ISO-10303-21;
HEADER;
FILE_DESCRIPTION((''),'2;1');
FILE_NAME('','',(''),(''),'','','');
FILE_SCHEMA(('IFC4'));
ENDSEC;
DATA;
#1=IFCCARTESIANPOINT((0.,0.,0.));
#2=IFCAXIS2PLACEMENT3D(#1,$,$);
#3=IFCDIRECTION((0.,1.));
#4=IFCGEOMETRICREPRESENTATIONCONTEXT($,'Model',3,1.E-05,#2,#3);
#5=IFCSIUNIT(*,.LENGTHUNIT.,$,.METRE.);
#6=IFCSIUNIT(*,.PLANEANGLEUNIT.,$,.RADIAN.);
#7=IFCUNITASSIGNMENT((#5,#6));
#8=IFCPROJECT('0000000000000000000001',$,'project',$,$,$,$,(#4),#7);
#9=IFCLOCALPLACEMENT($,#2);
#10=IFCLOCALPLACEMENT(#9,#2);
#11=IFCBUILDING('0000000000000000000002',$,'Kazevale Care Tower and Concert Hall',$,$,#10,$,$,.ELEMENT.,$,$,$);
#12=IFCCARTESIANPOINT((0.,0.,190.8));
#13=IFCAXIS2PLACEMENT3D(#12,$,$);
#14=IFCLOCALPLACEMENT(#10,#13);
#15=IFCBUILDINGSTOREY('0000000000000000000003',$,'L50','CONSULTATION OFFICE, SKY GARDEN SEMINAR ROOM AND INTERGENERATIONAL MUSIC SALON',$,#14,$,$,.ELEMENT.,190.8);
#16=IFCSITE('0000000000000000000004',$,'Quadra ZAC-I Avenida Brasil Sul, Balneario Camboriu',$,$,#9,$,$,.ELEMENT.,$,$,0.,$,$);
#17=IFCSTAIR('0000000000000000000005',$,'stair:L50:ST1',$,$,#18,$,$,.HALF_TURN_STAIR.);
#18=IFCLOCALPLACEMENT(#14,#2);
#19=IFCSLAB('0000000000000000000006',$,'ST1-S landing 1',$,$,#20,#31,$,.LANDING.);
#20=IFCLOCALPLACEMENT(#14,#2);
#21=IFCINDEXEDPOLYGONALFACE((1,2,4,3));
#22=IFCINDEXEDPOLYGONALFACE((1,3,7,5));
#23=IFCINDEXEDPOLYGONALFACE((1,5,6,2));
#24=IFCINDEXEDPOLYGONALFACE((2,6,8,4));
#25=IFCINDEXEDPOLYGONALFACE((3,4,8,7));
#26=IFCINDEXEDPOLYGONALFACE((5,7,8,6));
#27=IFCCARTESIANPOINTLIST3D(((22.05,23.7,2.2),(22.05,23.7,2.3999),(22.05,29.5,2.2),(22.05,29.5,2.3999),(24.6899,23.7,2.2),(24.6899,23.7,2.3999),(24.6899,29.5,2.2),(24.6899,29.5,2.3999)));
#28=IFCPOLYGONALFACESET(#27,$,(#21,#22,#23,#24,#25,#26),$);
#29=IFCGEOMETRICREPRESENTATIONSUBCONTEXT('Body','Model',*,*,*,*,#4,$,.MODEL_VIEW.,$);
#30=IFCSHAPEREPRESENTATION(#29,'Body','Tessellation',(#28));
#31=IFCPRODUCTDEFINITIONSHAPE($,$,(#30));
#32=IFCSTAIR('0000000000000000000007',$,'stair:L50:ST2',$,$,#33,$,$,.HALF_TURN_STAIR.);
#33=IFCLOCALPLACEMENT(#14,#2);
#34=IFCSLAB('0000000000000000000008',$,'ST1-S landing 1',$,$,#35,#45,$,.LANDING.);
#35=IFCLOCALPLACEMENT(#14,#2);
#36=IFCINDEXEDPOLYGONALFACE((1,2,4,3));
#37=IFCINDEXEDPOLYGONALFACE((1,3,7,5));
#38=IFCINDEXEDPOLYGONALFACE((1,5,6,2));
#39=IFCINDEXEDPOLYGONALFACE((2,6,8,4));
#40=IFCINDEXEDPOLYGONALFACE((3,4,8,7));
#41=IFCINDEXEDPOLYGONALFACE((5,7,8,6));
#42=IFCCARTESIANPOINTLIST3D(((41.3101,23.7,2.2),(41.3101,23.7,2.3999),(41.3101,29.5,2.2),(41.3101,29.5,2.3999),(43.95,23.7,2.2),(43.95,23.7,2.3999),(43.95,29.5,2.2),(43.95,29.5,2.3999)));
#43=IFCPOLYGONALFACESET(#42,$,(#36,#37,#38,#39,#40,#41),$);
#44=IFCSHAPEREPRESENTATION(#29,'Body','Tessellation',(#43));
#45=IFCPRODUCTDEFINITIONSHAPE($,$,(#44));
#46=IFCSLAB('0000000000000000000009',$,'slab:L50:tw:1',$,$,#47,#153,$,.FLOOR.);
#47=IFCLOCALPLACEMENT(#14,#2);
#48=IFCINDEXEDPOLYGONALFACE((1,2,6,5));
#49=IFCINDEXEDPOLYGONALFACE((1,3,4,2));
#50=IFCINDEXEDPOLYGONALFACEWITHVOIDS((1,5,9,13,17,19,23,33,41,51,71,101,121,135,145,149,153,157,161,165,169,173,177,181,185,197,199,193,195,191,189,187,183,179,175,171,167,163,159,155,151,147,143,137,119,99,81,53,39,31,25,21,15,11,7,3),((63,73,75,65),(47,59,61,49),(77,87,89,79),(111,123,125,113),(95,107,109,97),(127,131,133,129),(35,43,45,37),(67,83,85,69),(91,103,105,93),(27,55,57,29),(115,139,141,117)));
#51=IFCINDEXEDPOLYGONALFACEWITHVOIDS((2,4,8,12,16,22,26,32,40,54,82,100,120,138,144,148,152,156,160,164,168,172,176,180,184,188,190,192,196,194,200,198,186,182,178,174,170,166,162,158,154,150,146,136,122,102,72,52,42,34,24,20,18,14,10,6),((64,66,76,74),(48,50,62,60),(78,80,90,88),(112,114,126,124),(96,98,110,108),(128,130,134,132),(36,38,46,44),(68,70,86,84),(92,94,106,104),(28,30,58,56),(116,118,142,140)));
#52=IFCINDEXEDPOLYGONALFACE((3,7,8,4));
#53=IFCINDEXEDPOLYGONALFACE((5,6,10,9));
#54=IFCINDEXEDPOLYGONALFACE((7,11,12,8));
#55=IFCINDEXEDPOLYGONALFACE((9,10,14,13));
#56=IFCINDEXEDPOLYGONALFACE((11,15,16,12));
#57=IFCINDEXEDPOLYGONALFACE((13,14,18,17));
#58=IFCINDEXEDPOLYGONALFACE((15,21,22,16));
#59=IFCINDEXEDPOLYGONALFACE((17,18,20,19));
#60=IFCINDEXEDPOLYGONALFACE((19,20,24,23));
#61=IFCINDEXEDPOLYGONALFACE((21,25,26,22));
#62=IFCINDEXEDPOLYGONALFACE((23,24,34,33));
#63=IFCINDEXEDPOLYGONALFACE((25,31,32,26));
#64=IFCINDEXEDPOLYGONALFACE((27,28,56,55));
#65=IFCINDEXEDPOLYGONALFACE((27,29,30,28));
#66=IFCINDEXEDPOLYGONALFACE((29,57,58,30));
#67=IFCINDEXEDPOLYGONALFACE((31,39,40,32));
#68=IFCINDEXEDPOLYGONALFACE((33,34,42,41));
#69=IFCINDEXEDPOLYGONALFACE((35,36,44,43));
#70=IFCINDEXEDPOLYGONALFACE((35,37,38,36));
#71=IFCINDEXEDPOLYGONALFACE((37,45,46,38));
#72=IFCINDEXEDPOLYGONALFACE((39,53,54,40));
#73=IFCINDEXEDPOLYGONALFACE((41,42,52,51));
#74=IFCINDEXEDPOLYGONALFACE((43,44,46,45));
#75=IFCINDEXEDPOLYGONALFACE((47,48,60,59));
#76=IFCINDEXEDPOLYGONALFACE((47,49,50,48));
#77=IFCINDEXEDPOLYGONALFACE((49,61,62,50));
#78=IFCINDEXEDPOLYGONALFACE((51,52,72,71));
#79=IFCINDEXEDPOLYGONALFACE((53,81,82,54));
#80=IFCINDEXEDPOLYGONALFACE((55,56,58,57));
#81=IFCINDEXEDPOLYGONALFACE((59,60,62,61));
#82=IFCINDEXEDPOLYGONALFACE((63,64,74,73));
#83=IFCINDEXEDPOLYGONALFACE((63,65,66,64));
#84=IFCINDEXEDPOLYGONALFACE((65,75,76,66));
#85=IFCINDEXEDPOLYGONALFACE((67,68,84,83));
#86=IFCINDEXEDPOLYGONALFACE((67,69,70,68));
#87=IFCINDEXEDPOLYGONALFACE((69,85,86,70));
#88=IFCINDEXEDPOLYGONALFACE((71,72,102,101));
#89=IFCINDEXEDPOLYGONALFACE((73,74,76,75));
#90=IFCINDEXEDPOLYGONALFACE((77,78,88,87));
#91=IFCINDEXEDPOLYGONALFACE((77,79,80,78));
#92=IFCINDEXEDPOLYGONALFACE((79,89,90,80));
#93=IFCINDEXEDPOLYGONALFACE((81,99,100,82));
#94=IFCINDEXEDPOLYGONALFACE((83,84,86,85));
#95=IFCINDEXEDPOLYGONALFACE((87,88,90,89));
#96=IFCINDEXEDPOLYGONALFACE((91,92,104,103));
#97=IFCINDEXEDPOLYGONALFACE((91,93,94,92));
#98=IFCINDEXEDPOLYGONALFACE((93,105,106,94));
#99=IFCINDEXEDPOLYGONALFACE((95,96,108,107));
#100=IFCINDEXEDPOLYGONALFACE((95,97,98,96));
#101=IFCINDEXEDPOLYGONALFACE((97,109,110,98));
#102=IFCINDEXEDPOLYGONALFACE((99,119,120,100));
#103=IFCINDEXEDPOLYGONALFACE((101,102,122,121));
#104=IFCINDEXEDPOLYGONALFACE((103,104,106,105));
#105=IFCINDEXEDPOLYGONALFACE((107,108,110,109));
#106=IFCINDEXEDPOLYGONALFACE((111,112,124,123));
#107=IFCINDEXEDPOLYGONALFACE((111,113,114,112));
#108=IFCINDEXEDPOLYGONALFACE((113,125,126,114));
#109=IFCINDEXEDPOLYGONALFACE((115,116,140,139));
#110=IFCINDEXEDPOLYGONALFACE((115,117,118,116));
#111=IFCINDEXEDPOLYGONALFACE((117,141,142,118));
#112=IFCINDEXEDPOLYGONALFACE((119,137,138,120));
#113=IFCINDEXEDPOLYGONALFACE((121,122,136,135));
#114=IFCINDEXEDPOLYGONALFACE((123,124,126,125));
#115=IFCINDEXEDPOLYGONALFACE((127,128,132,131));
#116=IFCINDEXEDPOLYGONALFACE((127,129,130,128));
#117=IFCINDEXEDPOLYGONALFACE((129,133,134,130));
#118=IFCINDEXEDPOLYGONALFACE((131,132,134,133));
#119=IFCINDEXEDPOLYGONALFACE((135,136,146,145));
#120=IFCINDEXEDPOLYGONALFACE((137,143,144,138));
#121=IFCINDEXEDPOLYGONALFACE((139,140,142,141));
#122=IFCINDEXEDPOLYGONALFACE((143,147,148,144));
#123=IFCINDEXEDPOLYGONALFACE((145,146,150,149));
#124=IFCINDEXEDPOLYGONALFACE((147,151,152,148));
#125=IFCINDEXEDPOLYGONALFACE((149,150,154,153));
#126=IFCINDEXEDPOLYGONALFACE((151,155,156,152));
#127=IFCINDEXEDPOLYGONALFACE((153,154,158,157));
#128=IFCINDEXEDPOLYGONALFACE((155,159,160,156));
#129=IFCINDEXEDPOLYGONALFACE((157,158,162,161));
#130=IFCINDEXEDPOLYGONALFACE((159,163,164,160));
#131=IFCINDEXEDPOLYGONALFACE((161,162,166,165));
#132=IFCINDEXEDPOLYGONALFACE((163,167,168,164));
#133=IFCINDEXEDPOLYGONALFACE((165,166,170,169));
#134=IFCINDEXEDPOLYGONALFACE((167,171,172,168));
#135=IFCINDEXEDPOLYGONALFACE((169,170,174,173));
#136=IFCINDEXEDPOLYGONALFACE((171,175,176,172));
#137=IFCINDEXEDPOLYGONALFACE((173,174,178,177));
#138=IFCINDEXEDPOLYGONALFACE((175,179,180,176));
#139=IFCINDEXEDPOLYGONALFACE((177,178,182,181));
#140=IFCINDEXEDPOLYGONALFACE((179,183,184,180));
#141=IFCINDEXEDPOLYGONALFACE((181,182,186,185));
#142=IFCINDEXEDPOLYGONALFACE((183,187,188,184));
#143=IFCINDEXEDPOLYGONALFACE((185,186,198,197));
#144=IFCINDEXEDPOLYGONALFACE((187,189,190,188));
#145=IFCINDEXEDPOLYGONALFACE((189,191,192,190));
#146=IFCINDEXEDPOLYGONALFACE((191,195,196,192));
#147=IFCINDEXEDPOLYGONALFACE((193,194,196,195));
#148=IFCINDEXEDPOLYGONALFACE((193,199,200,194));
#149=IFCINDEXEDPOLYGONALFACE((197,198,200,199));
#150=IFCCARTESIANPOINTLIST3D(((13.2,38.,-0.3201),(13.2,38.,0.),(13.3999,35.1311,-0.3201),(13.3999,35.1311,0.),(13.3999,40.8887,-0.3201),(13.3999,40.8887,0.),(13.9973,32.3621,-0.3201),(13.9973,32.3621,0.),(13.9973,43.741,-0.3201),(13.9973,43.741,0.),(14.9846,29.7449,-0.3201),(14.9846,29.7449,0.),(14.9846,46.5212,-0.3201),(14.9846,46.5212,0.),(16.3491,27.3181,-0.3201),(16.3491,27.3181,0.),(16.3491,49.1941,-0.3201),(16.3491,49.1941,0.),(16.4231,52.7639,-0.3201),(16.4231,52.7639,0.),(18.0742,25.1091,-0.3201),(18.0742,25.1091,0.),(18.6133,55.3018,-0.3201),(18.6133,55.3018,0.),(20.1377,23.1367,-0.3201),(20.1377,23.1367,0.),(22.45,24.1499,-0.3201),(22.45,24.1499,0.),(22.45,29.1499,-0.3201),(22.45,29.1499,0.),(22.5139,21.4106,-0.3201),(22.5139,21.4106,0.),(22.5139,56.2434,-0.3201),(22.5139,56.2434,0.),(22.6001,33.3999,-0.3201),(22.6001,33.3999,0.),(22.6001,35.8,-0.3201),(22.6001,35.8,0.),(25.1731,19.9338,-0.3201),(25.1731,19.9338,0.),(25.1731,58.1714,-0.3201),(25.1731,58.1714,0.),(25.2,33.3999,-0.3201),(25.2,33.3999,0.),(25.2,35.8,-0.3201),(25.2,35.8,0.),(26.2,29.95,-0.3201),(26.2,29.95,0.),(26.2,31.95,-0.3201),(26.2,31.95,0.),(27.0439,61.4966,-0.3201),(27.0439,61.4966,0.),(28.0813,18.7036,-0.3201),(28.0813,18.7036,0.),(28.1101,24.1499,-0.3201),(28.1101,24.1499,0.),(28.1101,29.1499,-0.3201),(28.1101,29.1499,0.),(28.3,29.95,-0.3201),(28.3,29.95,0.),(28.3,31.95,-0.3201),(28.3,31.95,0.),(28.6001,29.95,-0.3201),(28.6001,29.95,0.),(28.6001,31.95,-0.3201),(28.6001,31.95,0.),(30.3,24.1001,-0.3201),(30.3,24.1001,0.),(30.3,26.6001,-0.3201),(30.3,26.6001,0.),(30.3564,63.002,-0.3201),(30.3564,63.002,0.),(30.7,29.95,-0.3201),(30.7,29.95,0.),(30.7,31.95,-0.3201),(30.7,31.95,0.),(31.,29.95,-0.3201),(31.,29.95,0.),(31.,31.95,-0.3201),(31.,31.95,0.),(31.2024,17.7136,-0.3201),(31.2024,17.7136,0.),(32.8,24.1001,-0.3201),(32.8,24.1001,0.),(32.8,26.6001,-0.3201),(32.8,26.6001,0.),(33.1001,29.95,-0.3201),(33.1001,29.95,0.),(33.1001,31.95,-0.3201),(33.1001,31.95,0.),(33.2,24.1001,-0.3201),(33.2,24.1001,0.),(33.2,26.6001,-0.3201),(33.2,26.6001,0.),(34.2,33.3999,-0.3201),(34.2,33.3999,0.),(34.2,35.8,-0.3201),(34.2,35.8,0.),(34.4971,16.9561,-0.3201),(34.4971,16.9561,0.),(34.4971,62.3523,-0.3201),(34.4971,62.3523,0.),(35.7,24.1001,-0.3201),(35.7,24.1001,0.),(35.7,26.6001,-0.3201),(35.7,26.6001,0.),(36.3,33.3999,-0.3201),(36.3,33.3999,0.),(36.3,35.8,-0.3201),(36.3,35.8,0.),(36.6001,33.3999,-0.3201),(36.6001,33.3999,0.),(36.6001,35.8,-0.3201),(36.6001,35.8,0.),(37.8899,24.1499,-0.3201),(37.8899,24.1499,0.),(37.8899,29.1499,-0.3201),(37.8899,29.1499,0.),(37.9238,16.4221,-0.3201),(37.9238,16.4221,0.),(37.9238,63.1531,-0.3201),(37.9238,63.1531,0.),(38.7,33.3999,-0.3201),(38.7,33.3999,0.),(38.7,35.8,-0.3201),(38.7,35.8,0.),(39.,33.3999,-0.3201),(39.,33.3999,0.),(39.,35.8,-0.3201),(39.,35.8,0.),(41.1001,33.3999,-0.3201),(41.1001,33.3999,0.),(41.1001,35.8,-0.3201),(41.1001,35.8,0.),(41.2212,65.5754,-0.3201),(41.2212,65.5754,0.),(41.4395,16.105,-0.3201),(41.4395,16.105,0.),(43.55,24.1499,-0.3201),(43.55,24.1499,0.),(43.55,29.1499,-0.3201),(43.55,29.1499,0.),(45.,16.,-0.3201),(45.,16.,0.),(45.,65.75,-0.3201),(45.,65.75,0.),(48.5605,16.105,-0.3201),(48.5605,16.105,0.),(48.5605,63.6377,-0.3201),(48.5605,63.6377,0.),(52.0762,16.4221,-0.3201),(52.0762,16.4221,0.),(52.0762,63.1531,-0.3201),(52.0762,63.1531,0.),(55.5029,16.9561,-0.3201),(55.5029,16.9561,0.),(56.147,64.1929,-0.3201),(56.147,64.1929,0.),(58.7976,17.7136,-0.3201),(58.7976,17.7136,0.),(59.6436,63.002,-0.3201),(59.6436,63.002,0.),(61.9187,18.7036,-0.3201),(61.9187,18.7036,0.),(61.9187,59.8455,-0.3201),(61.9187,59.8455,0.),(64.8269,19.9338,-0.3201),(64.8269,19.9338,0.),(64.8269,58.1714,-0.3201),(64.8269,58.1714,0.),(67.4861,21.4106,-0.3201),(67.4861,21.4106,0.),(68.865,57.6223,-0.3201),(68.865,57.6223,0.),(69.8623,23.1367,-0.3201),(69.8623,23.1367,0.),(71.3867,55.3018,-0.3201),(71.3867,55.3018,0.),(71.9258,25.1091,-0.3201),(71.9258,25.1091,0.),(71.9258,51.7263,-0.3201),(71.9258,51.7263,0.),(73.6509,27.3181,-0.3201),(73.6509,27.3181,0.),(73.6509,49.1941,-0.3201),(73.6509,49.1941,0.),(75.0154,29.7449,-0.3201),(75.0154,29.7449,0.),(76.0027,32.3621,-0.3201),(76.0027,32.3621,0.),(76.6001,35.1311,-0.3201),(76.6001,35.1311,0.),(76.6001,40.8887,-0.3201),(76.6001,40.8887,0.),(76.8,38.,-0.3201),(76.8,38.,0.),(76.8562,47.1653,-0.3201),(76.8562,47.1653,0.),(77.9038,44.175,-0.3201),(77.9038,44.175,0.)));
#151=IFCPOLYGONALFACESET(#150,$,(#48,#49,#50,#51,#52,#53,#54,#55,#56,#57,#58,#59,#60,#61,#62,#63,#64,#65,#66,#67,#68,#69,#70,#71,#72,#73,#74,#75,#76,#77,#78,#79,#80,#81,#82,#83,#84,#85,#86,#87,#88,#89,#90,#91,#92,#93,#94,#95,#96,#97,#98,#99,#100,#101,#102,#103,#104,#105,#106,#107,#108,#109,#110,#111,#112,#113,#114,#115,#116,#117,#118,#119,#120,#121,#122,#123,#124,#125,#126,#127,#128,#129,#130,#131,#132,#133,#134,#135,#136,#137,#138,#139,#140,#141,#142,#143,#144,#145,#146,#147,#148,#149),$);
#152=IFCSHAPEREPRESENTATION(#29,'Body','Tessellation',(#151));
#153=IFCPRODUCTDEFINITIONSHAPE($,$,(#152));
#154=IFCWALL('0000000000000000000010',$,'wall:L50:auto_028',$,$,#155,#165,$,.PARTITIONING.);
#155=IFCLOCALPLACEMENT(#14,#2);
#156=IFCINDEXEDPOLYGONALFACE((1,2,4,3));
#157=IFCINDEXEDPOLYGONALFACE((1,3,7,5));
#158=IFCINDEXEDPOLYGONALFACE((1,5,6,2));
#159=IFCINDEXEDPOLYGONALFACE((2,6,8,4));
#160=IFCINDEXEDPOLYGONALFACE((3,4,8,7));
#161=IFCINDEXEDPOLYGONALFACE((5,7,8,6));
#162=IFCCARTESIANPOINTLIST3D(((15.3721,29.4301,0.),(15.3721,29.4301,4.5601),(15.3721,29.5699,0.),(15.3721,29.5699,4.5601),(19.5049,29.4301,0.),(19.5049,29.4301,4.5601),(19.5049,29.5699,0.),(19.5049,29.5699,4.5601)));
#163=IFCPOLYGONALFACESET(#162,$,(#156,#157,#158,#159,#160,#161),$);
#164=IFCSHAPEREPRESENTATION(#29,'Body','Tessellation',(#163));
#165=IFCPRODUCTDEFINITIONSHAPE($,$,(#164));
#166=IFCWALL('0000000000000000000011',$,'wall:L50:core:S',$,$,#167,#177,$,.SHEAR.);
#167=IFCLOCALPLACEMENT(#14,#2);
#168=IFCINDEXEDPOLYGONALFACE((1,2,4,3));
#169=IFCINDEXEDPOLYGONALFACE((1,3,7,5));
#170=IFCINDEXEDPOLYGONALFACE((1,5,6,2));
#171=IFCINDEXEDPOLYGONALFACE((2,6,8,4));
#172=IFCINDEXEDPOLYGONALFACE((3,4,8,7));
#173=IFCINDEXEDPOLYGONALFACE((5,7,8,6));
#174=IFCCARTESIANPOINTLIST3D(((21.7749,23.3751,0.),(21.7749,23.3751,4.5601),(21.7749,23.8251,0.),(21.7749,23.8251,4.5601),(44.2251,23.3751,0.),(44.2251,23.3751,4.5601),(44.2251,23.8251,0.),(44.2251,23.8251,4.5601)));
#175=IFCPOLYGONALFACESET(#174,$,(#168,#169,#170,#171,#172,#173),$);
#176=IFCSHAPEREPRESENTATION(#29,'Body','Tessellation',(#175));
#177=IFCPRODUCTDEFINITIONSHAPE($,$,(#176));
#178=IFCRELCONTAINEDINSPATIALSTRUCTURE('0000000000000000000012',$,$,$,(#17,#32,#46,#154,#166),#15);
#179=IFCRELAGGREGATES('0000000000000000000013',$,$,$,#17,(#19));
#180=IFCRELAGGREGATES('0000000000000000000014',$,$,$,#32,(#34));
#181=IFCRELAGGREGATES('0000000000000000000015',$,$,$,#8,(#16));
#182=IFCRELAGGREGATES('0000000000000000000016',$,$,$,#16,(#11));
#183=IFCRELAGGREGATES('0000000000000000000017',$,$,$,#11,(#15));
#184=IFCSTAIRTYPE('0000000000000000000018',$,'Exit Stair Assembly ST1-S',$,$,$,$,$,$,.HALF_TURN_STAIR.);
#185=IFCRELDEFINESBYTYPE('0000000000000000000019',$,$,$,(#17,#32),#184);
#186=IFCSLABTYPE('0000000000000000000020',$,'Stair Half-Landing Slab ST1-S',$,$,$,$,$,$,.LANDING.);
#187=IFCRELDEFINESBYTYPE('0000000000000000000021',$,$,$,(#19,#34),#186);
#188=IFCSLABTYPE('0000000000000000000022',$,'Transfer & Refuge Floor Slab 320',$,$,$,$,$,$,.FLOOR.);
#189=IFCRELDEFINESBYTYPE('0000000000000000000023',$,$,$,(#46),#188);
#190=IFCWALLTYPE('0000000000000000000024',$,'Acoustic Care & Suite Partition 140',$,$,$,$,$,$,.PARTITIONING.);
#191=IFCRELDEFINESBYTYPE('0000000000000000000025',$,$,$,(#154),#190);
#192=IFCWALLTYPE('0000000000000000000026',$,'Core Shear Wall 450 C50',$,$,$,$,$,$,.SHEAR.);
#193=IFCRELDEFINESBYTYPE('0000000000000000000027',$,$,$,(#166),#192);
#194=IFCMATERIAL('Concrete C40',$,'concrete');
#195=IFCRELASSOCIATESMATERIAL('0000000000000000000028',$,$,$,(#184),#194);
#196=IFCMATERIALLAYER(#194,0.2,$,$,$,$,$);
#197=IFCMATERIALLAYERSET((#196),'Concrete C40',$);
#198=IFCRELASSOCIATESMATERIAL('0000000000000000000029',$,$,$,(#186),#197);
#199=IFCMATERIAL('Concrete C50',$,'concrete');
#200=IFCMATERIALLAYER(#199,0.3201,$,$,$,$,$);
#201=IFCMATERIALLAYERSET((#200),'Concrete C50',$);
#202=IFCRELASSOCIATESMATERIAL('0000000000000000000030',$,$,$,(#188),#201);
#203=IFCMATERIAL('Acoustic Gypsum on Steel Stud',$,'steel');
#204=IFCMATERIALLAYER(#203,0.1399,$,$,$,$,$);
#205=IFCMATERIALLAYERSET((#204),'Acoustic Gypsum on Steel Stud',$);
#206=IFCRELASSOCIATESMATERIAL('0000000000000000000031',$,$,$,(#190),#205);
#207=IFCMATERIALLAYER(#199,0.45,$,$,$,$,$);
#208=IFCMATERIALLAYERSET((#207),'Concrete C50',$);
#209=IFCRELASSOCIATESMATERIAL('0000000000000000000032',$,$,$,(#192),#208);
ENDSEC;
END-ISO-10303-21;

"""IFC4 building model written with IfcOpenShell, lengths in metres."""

from ifc_helpers import new_model, si_unit, direction, frame, frame_2d, origin, place, context, subcontext, project, spatial, polyline, rectangle, outline, extrude, material, layer, layer_set, type_object, element, aggregate, save


model = new_model("IFC4")

# Units and contexts
model_context = context("Model", 3, precision=1e-05, world=origin(), true_north=direction((0.0, 1.0)))
body_context = subcontext(model_context, "Body", "Model", "MODEL_VIEW")
ifc_project = project(units=[si_unit("LENGTHUNIT", "METRE"), si_unit("PLANEANGLEUNIT", "RADIAN")], contexts=[model_context])

# Site, building, storey
site_placement = place(None, origin())
site = spatial("IfcSite", under=ifc_project, at=site_placement, Name="Quadra ZAC-I Avenida Brasil Sul, Balneario Camboriu", CompositionType="ELEMENT", RefElevation=0.0)
building_placement = place(site_placement, origin())
building = spatial("IfcBuilding", under=site, at=building_placement, Name="Kazevale Care Tower and Concert Hall", CompositionType="ELEMENT")
storey_placement = place(building_placement, frame((0.0, 0.0, 190.8)))
storey = spatial("IfcBuildingStorey", under=building, at=storey_placement, Name="L50", Description="CONSULTATION OFFICE, SKY GARDEN SEMINAR ROOM AND INTERGENERATIONAL MUSIC SALON", CompositionType="ELEMENT", Elevation=190.8)

# Shared definitions
ifc_material_1 = material(Name="Concrete C50", Category="concrete")

# Shared definitions
ifc_material_2 = material(Name="Concrete C40", Category="concrete")

# Stairs, slabs
stair_type = type_object("IfcStairType", Name="Exit Stair Assembly ST1-S", PredefinedType="HALF_TURN_STAIR", material=ifc_material_2)
stair_1_placement = place(storey_placement, origin())
stair_1 = element("IfcStair", 1, at=stair_1_placement, inside=storey, type_object=stair_type, Name="stair:L50:ST1", PredefinedType="HALF_TURN_STAIR")
ifc_layer_1 = layer(ifc_material_2, 0.2)
ifc_layer_set_1 = layer_set([ifc_layer_1], Name="Concrete C40")
slab_type_1 = type_object("IfcSlabType", Name="Stair Half-Landing Slab ST1-S", PredefinedType="LANDING", material=ifc_layer_set_1)
slab_1_placement = place(storey_placement, frame((0.0, 0.0, 2.2)))
slab_1 = element("IfcSlab", 2, at=slab_1_placement, type_object=slab_type_1, Name="ST1-S landing 1", PredefinedType="LANDING", context=body_context, shape_type="SweptSolid", body=[
    extrude(outline(polyline([(22.05, 23.7), (24.6899, 23.7), (24.6899, 29.5), (22.05, 29.5), (22.05, 23.7)])), origin(), (0.0, 0.0, 1.0), 0.2),
])
aggregate(stair_1, [slab_1])
stair_2_placement = place(storey_placement, origin())
stair_2 = element("IfcStair", 3, at=stair_2_placement, inside=storey, type_object=stair_type, Name="stair:L50:ST2", PredefinedType="HALF_TURN_STAIR")
slab_2_placement = place(storey_placement, frame((0.0, 0.0, 2.2)))
slab_2 = element("IfcSlab", 4, at=slab_2_placement, type_object=slab_type_1, Name="ST1-S landing 1", PredefinedType="LANDING", context=body_context, shape_type="SweptSolid", body=[
    extrude(outline(polyline([(41.3101, 23.7), (43.95, 23.7), (43.95, 29.5), (41.3101, 29.5), (41.3101, 23.7)])), origin(), (0.0, 0.0, 1.0), 0.2),
])
aggregate(stair_2, [slab_2])

# Slab
ifc_layer_2 = layer(ifc_material_1, 0.3201)
ifc_layer_set_2 = layer_set([ifc_layer_2], Name="Concrete C50")
slab_type_2 = type_object("IfcSlabType", Name="Transfer & Refuge Floor Slab 320", PredefinedType="FLOOR", material=ifc_layer_set_2)
slab_3_placement = place(storey_placement, frame((0.0, 0.0, -0.3201)))
element("IfcSlab", 5, at=slab_3_placement, inside=storey, type_object=slab_type_2, Name="slab:L50:tw:1", PredefinedType="FLOOR", context=body_context, shape_type="SweptSolid", body=[
    extrude(outline(polyline([(76.8, 38.0), (76.6001, 40.8887), (77.9038, 44.175), (76.8562, 47.1653), (73.6509, 49.1941), (71.9258, 51.7263), (71.3867, 55.3018), (68.865, 57.6223), (64.8269, 58.1714), (61.9187, 59.8455), (59.6436, 63.002), (56.147, 64.1929), (52.0762, 63.1531), (48.5605, 63.6377), (45.0, 65.75), (41.2212, 65.5754), (37.9238, 63.1531), (34.4971, 62.3523), (30.3564, 63.002), (27.0439, 61.4966), (25.1731, 58.1714), (22.5139, 56.2434), (18.6133, 55.3018), (16.4231, 52.7639), (16.3491, 49.1941), (14.9846, 46.5212), (13.9973, 43.741), (13.3999, 40.8887), (13.2, 38.0), (13.3999, 35.1311), (13.9973, 32.3621), (14.9846, 29.7449), (16.3491, 27.3181), (18.0742, 25.1091), (20.1377, 23.1367), (22.5139, 21.4106), (25.1731, 19.9338), (28.0813, 18.7036), (31.2024, 17.7136), (34.4971, 16.9561), (37.9238, 16.4221), (41.4395, 16.105), (45.0, 16.0), (48.5605, 16.105), (52.0762, 16.4221), (55.5029, 16.9561), (58.7976, 17.7136), (61.9187, 18.7036), (64.8269, 19.9338), (67.4861, 21.4106), (69.8623, 23.1367), (71.9258, 25.1091), (73.6509, 27.3181), (75.0154, 29.7449), (76.0027, 32.3621), (76.6001, 35.1311), (76.8, 38.0)]), holes=[polyline([(22.45, 24.1499), (28.1101, 24.1499), (28.1101, 29.1499), (22.45, 29.1499), (22.45, 24.1499)]), polyline([(37.8899, 24.1499), (43.55, 24.1499), (43.55, 29.1499), (37.8899, 29.1499), (37.8899, 24.1499)]), polyline([(30.3, 24.1001), (32.8, 24.1001), (32.8, 26.6001), (30.3, 26.6001), (30.3, 24.1001)]), polyline([(33.2, 24.1001), (35.7, 24.1001), (35.7, 26.6001), (33.2, 26.6001), (33.2, 24.1001)]), polyline([(22.6001, 33.3999), (25.2, 33.3999), (25.2, 35.8), (22.6001, 35.8), (22.6001, 33.3999)]), polyline([(34.2, 33.3999), (36.3, 33.3999), (36.3, 35.8), (34.2, 35.8), (34.2, 33.3999)]), polyline([(36.6001, 33.3999), (38.7, 33.3999), (38.7, 35.8), (36.6001, 35.8), (36.6001, 33.3999)]), polyline([(39.0, 33.3999), (41.1001, 33.3999), (41.1001, 35.8), (39.0, 35.8), (39.0, 33.3999)]), polyline([(26.2, 29.95), (28.3, 29.95), (28.3, 31.95), (26.2, 31.95), (26.2, 29.95)]), polyline([(28.6001, 29.95), (30.7, 29.95), (30.7, 31.95), (28.6001, 31.95), (28.6001, 29.95)]), polyline([(31.0, 29.95), (33.1001, 29.95), (33.1001, 31.95), (31.0, 31.95), (31.0, 29.95)])]), origin(), (0.0, 0.0, 1.0), 0.3201),
])

# Walls
ifc_material_3 = material(Name="Acoustic Gypsum on Steel Stud", Category="steel")
ifc_layer_3 = layer(ifc_material_3, 0.1399)
ifc_layer_set_3 = layer_set([ifc_layer_3], Name="Acoustic Gypsum on Steel Stud")
wall_type_1 = type_object("IfcWallType", Name="Acoustic Care & Suite Partition 140", PredefinedType="PARTITIONING", material=ifc_layer_set_3)
wall_1_placement = place(storey_placement, frame((19.5049, 29.5, 0.0), z_axis=(0.0, 0.0, 1.0), x_axis=(-1.0, 0.0, 0.0)))
element("IfcWall", 6, at=wall_1_placement, inside=storey, type_object=wall_type_1, Name="wall:L50:auto_028", PredefinedType="PARTITIONING", context=body_context, shape_type="SweptSolid", body=[
    extrude(rectangle(XDim=4.1328, YDim=0.1399, at=frame_2d((2.0664, 0.0))), origin(), (0.0, 0.0, 1.0), 4.5601),
])
ifc_layer_4 = layer(ifc_material_1, 0.45)
ifc_layer_set_4 = layer_set([ifc_layer_4], Name="Concrete C50")
wall_type_2 = type_object("IfcWallType", Name="Core Shear Wall 450 C50", PredefinedType="SHEAR", material=ifc_layer_set_4)
wall_2_placement = place(storey_placement, frame((21.7749, 23.6001, 0.0), z_axis=(0.0, 0.0, 1.0), x_axis=(1.0, 0.0, 0.0)))
element("IfcWall", 7, at=wall_2_placement, inside=storey, type_object=wall_type_2, Name="wall:L50:core:S", PredefinedType="SHEAR", context=body_context, shape_type="SweptSolid", body=[
    extrude(rectangle(XDim=22.4502, YDim=0.45, at=frame_2d((11.2251, 0.0))), origin(), (0.0, 0.0, 1.0), 4.5601),
])

save(model, "model.ifc")
